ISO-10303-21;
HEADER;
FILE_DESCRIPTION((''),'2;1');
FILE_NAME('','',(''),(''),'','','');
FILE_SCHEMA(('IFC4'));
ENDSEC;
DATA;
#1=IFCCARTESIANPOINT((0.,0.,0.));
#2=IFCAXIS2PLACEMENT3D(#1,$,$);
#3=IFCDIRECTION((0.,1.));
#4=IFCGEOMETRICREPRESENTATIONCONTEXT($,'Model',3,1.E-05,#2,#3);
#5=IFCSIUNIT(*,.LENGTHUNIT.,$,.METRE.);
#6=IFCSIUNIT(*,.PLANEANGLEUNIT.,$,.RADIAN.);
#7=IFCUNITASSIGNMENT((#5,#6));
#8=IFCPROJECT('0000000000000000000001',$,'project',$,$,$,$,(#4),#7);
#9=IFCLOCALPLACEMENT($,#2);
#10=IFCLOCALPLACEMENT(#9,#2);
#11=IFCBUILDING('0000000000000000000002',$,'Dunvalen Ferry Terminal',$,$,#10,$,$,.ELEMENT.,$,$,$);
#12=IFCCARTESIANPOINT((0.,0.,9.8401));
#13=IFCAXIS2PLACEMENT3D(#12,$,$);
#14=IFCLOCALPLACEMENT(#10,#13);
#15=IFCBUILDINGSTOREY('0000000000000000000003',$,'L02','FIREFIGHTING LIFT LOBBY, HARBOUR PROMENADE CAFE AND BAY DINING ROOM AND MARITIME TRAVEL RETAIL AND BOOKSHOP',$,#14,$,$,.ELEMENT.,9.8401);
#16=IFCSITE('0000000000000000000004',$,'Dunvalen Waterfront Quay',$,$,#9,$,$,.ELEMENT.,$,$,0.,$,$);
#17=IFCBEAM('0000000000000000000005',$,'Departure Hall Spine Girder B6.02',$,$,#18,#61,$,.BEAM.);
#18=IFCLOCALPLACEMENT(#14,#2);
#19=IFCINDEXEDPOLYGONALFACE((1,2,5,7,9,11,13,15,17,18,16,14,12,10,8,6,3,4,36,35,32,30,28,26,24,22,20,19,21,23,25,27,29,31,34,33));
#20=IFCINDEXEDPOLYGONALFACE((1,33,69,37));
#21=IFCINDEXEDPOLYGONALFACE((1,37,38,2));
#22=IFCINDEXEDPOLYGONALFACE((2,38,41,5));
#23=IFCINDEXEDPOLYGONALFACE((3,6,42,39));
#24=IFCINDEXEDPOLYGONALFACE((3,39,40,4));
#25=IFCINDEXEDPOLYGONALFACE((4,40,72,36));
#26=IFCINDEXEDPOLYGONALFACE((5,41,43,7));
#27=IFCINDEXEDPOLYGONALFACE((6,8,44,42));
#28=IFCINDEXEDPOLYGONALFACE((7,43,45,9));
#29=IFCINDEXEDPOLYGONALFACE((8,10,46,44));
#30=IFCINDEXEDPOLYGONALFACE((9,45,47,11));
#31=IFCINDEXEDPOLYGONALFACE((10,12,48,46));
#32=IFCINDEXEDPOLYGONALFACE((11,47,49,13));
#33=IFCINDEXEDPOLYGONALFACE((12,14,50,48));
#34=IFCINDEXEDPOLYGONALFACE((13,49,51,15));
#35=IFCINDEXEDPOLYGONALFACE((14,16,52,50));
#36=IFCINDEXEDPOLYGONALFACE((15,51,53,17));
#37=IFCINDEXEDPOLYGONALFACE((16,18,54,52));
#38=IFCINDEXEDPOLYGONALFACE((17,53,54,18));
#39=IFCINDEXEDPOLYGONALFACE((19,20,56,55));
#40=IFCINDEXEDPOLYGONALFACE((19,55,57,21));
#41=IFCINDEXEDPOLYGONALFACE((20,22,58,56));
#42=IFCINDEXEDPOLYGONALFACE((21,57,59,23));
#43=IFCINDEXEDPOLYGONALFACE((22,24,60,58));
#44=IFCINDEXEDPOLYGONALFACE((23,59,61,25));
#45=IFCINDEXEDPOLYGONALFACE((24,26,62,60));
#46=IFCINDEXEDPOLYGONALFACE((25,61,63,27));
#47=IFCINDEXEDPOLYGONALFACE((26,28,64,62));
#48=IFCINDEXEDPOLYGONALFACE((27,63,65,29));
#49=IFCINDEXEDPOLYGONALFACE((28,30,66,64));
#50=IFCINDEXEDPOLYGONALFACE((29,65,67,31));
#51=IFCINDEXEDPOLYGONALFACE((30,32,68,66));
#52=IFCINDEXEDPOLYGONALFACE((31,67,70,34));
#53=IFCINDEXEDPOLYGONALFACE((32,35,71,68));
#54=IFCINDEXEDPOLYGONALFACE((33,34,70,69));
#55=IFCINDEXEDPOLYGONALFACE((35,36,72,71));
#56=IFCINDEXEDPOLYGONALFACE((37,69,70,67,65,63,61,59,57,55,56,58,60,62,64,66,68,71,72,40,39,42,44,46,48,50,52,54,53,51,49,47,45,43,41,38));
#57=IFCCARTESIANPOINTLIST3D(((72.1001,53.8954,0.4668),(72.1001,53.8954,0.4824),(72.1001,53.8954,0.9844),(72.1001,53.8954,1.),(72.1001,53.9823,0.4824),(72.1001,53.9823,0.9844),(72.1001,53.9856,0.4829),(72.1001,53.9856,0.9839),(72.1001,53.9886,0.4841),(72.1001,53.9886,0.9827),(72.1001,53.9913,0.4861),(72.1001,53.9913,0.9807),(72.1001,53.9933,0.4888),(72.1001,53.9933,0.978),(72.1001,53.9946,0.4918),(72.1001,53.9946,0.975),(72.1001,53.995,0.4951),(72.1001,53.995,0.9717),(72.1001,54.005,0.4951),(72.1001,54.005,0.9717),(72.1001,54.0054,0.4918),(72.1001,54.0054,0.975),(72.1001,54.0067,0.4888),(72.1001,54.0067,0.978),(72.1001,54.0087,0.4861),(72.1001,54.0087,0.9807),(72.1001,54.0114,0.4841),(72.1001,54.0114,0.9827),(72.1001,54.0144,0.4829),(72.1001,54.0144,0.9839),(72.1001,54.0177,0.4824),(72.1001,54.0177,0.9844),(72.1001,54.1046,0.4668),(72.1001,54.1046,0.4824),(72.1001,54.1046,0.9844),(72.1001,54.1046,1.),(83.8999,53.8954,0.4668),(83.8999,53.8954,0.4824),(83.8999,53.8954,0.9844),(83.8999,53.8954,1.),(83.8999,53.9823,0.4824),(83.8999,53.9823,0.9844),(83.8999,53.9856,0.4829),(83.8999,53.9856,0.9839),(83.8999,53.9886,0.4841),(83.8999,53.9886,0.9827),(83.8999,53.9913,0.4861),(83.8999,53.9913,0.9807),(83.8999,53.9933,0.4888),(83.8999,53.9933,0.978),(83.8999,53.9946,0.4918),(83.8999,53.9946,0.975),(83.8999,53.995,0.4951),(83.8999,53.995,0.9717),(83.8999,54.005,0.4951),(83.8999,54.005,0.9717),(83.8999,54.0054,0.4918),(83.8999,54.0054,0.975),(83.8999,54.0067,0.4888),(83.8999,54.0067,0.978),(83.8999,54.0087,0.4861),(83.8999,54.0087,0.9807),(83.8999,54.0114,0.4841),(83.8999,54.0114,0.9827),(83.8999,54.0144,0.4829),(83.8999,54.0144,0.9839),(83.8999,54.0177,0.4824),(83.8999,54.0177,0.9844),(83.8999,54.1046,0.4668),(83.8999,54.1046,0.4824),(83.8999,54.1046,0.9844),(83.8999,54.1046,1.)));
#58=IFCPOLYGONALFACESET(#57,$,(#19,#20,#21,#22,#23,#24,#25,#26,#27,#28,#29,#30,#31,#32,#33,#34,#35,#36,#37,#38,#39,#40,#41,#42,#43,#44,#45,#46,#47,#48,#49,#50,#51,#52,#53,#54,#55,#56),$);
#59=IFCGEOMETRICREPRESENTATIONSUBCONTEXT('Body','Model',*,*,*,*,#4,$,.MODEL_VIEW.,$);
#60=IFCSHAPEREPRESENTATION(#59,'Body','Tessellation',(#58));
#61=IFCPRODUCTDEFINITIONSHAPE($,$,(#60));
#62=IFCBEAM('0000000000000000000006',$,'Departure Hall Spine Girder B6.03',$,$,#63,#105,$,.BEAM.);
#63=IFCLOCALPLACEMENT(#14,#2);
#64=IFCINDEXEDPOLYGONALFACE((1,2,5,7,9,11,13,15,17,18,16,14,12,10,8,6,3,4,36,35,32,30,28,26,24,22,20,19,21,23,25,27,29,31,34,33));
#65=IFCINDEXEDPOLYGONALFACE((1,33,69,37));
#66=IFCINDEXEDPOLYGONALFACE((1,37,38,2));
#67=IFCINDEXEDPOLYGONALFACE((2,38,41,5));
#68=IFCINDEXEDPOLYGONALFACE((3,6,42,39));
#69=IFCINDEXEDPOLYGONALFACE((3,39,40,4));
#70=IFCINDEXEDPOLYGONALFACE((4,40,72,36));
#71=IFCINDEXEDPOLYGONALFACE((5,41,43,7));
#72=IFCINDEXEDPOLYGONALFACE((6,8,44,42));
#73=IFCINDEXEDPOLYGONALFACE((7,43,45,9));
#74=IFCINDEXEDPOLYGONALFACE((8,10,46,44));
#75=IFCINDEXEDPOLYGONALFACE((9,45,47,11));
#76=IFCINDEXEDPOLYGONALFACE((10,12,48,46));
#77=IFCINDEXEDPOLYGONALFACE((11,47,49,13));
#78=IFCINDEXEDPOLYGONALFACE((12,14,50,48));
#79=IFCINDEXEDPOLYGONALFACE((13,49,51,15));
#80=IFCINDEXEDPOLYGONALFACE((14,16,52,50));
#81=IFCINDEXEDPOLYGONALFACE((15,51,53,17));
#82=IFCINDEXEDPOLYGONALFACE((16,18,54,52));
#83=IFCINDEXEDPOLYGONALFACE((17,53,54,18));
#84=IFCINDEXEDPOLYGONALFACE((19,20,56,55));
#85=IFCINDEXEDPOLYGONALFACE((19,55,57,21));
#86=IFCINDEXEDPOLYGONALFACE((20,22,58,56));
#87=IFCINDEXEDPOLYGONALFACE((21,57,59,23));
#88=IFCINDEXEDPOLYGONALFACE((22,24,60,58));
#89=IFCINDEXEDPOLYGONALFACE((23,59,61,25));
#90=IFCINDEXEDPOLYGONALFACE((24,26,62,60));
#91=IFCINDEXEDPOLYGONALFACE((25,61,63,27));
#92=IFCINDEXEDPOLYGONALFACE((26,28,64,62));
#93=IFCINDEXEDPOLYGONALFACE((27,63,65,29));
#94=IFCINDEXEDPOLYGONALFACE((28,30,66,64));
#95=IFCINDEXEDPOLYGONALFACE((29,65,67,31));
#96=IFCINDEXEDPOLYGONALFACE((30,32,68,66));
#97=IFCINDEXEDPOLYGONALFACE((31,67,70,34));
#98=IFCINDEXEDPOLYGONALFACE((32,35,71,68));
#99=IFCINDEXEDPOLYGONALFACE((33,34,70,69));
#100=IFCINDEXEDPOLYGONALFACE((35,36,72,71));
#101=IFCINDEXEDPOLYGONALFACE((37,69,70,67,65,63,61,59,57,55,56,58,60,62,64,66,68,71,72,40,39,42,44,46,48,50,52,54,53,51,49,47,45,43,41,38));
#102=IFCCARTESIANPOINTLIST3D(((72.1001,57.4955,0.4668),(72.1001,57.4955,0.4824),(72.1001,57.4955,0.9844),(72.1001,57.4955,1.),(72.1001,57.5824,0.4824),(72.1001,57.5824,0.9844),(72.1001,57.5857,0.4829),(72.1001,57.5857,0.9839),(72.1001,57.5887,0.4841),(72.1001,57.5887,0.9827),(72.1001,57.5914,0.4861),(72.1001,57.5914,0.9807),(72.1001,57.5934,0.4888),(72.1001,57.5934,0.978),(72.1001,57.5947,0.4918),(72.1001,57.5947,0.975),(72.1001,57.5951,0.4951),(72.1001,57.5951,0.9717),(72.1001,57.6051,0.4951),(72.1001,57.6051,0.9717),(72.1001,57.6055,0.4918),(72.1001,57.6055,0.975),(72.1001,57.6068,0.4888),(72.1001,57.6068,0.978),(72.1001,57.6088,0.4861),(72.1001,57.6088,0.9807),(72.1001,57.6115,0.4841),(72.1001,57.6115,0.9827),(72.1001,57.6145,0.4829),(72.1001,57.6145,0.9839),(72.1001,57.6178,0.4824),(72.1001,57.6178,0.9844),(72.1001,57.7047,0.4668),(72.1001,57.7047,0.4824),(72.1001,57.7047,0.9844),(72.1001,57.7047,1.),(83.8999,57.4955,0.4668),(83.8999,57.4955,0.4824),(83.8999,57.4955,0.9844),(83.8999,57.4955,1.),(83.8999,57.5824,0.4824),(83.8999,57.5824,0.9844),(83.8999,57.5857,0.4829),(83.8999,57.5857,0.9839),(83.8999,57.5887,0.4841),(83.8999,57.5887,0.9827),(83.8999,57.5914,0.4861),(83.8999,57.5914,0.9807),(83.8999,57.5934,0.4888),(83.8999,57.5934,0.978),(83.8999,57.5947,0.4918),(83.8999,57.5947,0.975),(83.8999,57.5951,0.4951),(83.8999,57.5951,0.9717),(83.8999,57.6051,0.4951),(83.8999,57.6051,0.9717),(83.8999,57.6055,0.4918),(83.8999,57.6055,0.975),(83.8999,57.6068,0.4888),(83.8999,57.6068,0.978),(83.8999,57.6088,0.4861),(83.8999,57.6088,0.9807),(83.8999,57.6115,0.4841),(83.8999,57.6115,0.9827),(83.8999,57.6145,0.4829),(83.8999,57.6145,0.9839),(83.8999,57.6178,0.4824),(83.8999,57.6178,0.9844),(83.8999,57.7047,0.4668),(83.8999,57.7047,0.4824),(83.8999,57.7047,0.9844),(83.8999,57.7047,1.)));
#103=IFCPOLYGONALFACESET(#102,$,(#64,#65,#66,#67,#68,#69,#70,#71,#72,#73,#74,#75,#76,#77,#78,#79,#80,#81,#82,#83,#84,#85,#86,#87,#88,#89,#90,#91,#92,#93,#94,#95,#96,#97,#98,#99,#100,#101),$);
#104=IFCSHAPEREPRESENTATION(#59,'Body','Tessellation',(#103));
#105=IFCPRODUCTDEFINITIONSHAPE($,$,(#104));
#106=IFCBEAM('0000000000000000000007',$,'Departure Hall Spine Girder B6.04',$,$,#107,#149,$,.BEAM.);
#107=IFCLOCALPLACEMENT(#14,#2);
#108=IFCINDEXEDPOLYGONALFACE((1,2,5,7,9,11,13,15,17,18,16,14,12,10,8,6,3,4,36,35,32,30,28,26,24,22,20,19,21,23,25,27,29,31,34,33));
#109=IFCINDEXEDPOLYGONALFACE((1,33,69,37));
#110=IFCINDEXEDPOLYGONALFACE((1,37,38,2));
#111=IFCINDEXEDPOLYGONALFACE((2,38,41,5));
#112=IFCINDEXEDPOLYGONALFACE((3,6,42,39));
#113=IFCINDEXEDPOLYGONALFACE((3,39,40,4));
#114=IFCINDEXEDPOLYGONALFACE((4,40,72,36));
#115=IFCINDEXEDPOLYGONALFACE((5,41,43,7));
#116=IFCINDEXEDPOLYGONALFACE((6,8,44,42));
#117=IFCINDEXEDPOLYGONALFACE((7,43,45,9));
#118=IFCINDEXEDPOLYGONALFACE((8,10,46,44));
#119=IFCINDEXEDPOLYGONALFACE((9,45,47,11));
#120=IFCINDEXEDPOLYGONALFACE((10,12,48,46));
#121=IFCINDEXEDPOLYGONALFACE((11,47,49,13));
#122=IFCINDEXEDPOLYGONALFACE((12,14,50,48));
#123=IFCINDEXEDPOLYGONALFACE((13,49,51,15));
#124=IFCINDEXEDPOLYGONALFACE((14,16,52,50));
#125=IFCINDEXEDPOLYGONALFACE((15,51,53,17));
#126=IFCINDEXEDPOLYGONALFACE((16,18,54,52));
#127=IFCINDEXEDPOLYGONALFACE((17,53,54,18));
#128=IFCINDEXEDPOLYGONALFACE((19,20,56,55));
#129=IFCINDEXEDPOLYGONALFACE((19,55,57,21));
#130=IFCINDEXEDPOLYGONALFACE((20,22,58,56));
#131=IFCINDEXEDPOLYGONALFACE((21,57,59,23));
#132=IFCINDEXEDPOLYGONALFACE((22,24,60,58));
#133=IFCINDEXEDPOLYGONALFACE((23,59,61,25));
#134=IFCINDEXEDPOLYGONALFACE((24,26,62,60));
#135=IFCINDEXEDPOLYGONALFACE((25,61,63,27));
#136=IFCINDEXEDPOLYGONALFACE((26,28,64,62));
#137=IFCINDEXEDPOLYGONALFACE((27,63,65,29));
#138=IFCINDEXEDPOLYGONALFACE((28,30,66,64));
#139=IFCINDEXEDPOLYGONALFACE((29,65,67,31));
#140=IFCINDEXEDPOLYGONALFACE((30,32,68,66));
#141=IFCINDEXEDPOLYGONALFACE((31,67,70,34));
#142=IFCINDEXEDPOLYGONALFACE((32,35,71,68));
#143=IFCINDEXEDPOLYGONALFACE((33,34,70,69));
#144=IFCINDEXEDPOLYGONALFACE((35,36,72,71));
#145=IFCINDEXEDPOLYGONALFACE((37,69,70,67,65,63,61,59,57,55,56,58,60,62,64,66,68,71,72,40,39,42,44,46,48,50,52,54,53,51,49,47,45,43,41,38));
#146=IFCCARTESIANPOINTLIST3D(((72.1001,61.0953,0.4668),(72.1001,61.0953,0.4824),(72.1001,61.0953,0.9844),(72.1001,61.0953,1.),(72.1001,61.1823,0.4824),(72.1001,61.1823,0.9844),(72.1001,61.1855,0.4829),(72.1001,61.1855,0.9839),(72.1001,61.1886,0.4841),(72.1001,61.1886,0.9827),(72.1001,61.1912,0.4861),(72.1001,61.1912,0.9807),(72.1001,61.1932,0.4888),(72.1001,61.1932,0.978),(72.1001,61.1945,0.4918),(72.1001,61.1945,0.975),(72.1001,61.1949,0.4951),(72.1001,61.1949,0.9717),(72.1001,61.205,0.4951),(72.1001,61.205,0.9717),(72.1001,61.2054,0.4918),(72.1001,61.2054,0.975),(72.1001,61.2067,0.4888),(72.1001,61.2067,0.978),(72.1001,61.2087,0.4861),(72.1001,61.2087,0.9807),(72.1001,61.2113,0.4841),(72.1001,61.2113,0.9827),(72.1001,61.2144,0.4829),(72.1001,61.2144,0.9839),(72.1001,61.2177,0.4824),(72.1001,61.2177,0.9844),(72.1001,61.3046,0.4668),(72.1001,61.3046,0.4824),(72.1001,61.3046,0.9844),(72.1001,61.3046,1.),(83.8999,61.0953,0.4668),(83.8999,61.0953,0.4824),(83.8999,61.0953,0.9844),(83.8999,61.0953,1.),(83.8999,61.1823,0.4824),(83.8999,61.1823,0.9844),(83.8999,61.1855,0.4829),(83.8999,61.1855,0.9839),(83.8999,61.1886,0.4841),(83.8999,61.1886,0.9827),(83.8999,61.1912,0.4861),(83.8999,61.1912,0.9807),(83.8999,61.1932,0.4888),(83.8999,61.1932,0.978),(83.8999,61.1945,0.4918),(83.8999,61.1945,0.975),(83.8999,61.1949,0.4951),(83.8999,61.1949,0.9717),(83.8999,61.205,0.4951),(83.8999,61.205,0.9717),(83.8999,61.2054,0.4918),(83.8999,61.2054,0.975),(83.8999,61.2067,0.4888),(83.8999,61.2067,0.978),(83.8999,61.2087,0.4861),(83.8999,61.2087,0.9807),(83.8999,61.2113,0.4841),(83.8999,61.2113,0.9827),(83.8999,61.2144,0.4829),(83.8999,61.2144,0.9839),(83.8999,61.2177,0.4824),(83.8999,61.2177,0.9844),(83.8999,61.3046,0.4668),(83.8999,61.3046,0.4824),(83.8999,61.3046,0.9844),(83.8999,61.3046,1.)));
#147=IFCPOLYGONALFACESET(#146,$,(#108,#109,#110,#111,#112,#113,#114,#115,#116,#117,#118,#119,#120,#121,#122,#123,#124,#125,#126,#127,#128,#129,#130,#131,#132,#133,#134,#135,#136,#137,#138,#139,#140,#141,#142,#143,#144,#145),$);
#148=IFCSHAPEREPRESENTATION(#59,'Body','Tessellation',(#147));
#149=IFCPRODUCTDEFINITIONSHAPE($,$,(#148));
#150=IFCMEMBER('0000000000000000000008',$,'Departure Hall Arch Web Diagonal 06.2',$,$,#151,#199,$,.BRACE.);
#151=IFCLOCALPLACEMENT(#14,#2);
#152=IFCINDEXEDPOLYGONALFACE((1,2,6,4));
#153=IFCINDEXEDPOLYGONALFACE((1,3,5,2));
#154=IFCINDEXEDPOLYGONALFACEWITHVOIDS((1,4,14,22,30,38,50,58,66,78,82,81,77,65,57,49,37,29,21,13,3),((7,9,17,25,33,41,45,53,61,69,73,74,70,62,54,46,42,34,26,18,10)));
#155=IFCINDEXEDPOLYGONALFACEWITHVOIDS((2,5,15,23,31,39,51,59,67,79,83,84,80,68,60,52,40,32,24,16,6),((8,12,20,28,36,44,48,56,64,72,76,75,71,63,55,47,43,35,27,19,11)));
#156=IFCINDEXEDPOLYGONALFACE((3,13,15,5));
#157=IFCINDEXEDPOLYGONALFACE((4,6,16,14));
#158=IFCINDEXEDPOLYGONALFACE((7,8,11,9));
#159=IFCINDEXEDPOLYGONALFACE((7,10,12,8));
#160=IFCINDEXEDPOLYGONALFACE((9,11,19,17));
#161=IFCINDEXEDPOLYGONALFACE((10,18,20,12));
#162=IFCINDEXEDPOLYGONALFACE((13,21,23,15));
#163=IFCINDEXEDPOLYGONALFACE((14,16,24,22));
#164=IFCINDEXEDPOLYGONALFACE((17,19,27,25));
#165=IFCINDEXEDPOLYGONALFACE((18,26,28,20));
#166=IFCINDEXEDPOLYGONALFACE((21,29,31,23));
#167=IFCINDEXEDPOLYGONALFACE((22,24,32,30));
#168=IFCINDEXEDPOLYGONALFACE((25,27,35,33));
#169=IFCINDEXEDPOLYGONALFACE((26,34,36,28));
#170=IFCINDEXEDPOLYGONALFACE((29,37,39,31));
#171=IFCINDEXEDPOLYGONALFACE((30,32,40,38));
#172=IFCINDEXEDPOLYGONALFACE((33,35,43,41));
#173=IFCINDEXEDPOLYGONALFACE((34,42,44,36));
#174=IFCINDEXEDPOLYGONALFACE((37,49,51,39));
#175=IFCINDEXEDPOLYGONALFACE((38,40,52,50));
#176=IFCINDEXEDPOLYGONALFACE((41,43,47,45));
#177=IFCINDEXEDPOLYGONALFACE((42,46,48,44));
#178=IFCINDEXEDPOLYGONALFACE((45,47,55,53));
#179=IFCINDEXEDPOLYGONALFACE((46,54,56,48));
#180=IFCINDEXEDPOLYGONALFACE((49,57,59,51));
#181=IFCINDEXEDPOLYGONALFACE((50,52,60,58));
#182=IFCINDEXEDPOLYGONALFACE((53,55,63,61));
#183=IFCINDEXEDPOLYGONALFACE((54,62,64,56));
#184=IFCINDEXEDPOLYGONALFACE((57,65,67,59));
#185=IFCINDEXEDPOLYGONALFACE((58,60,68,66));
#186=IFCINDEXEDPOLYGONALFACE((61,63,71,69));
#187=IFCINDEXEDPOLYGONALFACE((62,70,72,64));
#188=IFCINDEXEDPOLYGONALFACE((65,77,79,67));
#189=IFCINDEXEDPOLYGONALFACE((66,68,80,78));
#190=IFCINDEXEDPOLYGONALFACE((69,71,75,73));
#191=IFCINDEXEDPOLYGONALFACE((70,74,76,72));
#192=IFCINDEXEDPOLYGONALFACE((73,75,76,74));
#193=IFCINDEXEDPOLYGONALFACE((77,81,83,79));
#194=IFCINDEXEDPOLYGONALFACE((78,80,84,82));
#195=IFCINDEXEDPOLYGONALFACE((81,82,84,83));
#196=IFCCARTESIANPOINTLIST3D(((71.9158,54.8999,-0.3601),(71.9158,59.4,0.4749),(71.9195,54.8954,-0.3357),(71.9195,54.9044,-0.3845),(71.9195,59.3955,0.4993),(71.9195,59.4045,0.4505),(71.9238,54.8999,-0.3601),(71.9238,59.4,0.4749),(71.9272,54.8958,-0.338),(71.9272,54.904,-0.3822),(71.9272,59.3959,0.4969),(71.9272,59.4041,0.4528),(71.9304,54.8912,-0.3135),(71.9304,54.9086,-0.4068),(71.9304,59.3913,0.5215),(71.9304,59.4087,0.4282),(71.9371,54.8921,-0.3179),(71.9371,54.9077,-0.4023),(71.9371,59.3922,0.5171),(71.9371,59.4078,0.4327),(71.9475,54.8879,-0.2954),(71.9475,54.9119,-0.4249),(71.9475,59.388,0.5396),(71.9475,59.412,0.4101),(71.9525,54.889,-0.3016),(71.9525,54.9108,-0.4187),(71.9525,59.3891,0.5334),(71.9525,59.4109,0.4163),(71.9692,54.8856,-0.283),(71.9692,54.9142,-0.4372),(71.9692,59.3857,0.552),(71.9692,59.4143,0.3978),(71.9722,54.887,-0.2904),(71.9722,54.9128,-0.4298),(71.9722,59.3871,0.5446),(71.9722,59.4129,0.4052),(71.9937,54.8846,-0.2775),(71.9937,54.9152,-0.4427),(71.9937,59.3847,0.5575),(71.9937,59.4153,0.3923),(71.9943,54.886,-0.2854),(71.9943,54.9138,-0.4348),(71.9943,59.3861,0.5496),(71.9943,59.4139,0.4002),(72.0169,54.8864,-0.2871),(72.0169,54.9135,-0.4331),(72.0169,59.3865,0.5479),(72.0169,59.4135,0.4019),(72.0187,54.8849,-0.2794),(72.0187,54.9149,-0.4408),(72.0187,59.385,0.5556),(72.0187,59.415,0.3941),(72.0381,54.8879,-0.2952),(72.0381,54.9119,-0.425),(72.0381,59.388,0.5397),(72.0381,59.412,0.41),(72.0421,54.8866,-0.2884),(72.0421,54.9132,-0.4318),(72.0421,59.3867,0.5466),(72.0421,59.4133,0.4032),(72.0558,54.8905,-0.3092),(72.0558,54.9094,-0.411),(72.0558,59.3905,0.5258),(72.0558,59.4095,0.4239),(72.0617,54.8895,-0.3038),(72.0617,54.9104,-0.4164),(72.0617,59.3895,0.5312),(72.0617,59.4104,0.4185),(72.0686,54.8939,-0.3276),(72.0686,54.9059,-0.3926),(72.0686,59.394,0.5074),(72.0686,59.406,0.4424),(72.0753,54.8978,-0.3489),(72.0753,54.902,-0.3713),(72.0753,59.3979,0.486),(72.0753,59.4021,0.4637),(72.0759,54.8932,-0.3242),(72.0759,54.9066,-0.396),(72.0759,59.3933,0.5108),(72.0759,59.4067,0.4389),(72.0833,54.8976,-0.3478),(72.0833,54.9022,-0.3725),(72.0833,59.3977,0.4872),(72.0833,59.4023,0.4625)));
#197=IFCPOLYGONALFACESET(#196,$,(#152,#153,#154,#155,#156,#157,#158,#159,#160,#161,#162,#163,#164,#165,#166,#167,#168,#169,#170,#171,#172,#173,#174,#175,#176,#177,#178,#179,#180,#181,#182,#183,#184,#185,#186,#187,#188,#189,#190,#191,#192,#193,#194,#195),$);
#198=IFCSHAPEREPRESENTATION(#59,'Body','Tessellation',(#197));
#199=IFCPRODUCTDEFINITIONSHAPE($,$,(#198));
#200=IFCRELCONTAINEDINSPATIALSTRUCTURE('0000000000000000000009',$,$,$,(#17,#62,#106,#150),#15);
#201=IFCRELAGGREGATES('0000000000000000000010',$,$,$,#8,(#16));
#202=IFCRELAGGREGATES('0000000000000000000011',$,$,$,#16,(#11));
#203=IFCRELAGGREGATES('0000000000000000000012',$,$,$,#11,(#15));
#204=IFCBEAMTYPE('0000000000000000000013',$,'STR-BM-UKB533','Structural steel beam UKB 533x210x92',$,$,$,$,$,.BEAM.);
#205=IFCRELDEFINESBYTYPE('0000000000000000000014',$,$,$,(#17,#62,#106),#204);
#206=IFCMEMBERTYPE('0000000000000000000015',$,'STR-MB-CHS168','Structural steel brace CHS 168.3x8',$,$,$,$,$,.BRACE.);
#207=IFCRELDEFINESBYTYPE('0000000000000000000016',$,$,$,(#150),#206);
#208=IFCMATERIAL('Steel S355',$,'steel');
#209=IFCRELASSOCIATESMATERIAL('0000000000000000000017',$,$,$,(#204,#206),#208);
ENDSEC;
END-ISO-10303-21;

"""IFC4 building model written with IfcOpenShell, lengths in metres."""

from ifc_helpers import new_model, si_unit, direction, frame, origin, origin_2d, place, context, subcontext, project, spatial, hollow_circle, i_section, extrude, material, material_profile, profile_set, type_object, element, save


model = new_model("IFC4")

# Units and contexts
model_context = context("Model", 3, precision=1e-05, world=origin(), true_north=direction((0.0, 1.0)))
body_context = subcontext(model_context, "Body", "Model", "MODEL_VIEW")
ifc_project = project(units=[si_unit("LENGTHUNIT", "METRE"), si_unit("PLANEANGLEUNIT", "RADIAN")], contexts=[model_context])

# Site, building, storey
site_placement = place(None, origin())
site = spatial("IfcSite", under=ifc_project, at=site_placement, Name="Dunvalen Waterfront Quay", CompositionType="ELEMENT", RefElevation=0.0)
building_placement = place(site_placement, origin())
building = spatial("IfcBuilding", under=site, at=building_placement, Name="Dunvalen Ferry Terminal", CompositionType="ELEMENT")
storey_placement = place(building_placement, frame((0.0, 0.0, 9.8401)))
storey = spatial("IfcBuildingStorey", under=building, at=storey_placement, Name="L02", Description="FIREFIGHTING LIFT LOBBY, HARBOUR PROMENADE CAFE AND BAY DINING ROOM AND MARITIME TRAVEL RETAIL AND BOOKSHOP", CompositionType="ELEMENT", Elevation=9.8401)

# Beams
ifc_material_1 = material(Name="Steel S355", Category="steel")
ifc_material_profile_1 = material_profile(ifc_material_1, i_section(OverallWidth=0.2092, OverallDepth=0.5332, WebThickness=0.01, FlangeThickness=0.0156, FilletRadius=0.0127, at=origin_2d()), Name="Steel S355")
ifc_profile_set_1 = profile_set([ifc_material_profile_1], Name="Steel S355")
beam_type_1 = type_object("IfcBeamType", Name="STR-BM-UKB533", Description="Structural steel beam UKB 533x210x92", PredefinedType="BEAM", material=ifc_profile_set_1)
for number, where, z_axis, x_axis, name in (
    (1, (72.1001, 54.0, 0.7334), (1.0, 0.0, 0.0), (0.0, 1.0, 0.0), "Departure Hall Spine Girder B6.02"),
    (2, (72.1001, 57.6001, 0.7334), (1.0, 0.0, 0.0), (0.0, 1.0, 0.0), "Departure Hall Spine Girder B6.03"),
    (3, (72.1001, 61.2, 0.7334), (1.0, 0.0, 0.0), (0.0, 1.0, 0.0), "Departure Hall Spine Girder B6.04"),
):
    element("IfcBeam", number, at=place(storey_placement, frame(where, z_axis=z_axis, x_axis=x_axis)), inside=storey, type_object=beam_type_1, Name=name, PredefinedType="BEAM", context=body_context, shape_type="SweptSolid", body=[
        extrude(i_section(OverallWidth=0.2092, OverallDepth=0.5332, WebThickness=0.01, FlangeThickness=0.0156, FilletRadius=0.0127, at=origin_2d()), origin(), (0.0, 0.0, 1.0), 11.7998),
    ])

# Member
ifc_material_profile_2 = material_profile(ifc_material_1, hollow_circle(Radius=0.0842, WallThickness=0.0081, at=origin_2d()), Name="Steel S355")
ifc_profile_set_2 = profile_set([ifc_material_profile_2], Name="Steel S355")
member_type_1 = type_object("IfcMemberType", Name="STR-MB-CHS168", Description="Structural steel brace CHS 168.3x8", PredefinedType="BRACE", material=ifc_profile_set_2)
member_1_placement = place(storey_placement, frame((72.0, 54.8999, -0.3601), z_axis=(0.0, 0.983218, 0.182433), x_axis=(-1.0, 0.0, 0.0)))
element("IfcMember", 4, at=member_1_placement, inside=storey, type_object=member_type_1, Name="Departure Hall Arch Web Diagonal 06.2", PredefinedType="BRACE", context=body_context, shape_type="SweptSolid", body=[
    extrude(hollow_circle(Radius=0.0842, WallThickness=0.0081, at=origin_2d()), origin(), (0.0, 0.0, 1.0), 4.5769),
])

save(model, "model.ifc")
